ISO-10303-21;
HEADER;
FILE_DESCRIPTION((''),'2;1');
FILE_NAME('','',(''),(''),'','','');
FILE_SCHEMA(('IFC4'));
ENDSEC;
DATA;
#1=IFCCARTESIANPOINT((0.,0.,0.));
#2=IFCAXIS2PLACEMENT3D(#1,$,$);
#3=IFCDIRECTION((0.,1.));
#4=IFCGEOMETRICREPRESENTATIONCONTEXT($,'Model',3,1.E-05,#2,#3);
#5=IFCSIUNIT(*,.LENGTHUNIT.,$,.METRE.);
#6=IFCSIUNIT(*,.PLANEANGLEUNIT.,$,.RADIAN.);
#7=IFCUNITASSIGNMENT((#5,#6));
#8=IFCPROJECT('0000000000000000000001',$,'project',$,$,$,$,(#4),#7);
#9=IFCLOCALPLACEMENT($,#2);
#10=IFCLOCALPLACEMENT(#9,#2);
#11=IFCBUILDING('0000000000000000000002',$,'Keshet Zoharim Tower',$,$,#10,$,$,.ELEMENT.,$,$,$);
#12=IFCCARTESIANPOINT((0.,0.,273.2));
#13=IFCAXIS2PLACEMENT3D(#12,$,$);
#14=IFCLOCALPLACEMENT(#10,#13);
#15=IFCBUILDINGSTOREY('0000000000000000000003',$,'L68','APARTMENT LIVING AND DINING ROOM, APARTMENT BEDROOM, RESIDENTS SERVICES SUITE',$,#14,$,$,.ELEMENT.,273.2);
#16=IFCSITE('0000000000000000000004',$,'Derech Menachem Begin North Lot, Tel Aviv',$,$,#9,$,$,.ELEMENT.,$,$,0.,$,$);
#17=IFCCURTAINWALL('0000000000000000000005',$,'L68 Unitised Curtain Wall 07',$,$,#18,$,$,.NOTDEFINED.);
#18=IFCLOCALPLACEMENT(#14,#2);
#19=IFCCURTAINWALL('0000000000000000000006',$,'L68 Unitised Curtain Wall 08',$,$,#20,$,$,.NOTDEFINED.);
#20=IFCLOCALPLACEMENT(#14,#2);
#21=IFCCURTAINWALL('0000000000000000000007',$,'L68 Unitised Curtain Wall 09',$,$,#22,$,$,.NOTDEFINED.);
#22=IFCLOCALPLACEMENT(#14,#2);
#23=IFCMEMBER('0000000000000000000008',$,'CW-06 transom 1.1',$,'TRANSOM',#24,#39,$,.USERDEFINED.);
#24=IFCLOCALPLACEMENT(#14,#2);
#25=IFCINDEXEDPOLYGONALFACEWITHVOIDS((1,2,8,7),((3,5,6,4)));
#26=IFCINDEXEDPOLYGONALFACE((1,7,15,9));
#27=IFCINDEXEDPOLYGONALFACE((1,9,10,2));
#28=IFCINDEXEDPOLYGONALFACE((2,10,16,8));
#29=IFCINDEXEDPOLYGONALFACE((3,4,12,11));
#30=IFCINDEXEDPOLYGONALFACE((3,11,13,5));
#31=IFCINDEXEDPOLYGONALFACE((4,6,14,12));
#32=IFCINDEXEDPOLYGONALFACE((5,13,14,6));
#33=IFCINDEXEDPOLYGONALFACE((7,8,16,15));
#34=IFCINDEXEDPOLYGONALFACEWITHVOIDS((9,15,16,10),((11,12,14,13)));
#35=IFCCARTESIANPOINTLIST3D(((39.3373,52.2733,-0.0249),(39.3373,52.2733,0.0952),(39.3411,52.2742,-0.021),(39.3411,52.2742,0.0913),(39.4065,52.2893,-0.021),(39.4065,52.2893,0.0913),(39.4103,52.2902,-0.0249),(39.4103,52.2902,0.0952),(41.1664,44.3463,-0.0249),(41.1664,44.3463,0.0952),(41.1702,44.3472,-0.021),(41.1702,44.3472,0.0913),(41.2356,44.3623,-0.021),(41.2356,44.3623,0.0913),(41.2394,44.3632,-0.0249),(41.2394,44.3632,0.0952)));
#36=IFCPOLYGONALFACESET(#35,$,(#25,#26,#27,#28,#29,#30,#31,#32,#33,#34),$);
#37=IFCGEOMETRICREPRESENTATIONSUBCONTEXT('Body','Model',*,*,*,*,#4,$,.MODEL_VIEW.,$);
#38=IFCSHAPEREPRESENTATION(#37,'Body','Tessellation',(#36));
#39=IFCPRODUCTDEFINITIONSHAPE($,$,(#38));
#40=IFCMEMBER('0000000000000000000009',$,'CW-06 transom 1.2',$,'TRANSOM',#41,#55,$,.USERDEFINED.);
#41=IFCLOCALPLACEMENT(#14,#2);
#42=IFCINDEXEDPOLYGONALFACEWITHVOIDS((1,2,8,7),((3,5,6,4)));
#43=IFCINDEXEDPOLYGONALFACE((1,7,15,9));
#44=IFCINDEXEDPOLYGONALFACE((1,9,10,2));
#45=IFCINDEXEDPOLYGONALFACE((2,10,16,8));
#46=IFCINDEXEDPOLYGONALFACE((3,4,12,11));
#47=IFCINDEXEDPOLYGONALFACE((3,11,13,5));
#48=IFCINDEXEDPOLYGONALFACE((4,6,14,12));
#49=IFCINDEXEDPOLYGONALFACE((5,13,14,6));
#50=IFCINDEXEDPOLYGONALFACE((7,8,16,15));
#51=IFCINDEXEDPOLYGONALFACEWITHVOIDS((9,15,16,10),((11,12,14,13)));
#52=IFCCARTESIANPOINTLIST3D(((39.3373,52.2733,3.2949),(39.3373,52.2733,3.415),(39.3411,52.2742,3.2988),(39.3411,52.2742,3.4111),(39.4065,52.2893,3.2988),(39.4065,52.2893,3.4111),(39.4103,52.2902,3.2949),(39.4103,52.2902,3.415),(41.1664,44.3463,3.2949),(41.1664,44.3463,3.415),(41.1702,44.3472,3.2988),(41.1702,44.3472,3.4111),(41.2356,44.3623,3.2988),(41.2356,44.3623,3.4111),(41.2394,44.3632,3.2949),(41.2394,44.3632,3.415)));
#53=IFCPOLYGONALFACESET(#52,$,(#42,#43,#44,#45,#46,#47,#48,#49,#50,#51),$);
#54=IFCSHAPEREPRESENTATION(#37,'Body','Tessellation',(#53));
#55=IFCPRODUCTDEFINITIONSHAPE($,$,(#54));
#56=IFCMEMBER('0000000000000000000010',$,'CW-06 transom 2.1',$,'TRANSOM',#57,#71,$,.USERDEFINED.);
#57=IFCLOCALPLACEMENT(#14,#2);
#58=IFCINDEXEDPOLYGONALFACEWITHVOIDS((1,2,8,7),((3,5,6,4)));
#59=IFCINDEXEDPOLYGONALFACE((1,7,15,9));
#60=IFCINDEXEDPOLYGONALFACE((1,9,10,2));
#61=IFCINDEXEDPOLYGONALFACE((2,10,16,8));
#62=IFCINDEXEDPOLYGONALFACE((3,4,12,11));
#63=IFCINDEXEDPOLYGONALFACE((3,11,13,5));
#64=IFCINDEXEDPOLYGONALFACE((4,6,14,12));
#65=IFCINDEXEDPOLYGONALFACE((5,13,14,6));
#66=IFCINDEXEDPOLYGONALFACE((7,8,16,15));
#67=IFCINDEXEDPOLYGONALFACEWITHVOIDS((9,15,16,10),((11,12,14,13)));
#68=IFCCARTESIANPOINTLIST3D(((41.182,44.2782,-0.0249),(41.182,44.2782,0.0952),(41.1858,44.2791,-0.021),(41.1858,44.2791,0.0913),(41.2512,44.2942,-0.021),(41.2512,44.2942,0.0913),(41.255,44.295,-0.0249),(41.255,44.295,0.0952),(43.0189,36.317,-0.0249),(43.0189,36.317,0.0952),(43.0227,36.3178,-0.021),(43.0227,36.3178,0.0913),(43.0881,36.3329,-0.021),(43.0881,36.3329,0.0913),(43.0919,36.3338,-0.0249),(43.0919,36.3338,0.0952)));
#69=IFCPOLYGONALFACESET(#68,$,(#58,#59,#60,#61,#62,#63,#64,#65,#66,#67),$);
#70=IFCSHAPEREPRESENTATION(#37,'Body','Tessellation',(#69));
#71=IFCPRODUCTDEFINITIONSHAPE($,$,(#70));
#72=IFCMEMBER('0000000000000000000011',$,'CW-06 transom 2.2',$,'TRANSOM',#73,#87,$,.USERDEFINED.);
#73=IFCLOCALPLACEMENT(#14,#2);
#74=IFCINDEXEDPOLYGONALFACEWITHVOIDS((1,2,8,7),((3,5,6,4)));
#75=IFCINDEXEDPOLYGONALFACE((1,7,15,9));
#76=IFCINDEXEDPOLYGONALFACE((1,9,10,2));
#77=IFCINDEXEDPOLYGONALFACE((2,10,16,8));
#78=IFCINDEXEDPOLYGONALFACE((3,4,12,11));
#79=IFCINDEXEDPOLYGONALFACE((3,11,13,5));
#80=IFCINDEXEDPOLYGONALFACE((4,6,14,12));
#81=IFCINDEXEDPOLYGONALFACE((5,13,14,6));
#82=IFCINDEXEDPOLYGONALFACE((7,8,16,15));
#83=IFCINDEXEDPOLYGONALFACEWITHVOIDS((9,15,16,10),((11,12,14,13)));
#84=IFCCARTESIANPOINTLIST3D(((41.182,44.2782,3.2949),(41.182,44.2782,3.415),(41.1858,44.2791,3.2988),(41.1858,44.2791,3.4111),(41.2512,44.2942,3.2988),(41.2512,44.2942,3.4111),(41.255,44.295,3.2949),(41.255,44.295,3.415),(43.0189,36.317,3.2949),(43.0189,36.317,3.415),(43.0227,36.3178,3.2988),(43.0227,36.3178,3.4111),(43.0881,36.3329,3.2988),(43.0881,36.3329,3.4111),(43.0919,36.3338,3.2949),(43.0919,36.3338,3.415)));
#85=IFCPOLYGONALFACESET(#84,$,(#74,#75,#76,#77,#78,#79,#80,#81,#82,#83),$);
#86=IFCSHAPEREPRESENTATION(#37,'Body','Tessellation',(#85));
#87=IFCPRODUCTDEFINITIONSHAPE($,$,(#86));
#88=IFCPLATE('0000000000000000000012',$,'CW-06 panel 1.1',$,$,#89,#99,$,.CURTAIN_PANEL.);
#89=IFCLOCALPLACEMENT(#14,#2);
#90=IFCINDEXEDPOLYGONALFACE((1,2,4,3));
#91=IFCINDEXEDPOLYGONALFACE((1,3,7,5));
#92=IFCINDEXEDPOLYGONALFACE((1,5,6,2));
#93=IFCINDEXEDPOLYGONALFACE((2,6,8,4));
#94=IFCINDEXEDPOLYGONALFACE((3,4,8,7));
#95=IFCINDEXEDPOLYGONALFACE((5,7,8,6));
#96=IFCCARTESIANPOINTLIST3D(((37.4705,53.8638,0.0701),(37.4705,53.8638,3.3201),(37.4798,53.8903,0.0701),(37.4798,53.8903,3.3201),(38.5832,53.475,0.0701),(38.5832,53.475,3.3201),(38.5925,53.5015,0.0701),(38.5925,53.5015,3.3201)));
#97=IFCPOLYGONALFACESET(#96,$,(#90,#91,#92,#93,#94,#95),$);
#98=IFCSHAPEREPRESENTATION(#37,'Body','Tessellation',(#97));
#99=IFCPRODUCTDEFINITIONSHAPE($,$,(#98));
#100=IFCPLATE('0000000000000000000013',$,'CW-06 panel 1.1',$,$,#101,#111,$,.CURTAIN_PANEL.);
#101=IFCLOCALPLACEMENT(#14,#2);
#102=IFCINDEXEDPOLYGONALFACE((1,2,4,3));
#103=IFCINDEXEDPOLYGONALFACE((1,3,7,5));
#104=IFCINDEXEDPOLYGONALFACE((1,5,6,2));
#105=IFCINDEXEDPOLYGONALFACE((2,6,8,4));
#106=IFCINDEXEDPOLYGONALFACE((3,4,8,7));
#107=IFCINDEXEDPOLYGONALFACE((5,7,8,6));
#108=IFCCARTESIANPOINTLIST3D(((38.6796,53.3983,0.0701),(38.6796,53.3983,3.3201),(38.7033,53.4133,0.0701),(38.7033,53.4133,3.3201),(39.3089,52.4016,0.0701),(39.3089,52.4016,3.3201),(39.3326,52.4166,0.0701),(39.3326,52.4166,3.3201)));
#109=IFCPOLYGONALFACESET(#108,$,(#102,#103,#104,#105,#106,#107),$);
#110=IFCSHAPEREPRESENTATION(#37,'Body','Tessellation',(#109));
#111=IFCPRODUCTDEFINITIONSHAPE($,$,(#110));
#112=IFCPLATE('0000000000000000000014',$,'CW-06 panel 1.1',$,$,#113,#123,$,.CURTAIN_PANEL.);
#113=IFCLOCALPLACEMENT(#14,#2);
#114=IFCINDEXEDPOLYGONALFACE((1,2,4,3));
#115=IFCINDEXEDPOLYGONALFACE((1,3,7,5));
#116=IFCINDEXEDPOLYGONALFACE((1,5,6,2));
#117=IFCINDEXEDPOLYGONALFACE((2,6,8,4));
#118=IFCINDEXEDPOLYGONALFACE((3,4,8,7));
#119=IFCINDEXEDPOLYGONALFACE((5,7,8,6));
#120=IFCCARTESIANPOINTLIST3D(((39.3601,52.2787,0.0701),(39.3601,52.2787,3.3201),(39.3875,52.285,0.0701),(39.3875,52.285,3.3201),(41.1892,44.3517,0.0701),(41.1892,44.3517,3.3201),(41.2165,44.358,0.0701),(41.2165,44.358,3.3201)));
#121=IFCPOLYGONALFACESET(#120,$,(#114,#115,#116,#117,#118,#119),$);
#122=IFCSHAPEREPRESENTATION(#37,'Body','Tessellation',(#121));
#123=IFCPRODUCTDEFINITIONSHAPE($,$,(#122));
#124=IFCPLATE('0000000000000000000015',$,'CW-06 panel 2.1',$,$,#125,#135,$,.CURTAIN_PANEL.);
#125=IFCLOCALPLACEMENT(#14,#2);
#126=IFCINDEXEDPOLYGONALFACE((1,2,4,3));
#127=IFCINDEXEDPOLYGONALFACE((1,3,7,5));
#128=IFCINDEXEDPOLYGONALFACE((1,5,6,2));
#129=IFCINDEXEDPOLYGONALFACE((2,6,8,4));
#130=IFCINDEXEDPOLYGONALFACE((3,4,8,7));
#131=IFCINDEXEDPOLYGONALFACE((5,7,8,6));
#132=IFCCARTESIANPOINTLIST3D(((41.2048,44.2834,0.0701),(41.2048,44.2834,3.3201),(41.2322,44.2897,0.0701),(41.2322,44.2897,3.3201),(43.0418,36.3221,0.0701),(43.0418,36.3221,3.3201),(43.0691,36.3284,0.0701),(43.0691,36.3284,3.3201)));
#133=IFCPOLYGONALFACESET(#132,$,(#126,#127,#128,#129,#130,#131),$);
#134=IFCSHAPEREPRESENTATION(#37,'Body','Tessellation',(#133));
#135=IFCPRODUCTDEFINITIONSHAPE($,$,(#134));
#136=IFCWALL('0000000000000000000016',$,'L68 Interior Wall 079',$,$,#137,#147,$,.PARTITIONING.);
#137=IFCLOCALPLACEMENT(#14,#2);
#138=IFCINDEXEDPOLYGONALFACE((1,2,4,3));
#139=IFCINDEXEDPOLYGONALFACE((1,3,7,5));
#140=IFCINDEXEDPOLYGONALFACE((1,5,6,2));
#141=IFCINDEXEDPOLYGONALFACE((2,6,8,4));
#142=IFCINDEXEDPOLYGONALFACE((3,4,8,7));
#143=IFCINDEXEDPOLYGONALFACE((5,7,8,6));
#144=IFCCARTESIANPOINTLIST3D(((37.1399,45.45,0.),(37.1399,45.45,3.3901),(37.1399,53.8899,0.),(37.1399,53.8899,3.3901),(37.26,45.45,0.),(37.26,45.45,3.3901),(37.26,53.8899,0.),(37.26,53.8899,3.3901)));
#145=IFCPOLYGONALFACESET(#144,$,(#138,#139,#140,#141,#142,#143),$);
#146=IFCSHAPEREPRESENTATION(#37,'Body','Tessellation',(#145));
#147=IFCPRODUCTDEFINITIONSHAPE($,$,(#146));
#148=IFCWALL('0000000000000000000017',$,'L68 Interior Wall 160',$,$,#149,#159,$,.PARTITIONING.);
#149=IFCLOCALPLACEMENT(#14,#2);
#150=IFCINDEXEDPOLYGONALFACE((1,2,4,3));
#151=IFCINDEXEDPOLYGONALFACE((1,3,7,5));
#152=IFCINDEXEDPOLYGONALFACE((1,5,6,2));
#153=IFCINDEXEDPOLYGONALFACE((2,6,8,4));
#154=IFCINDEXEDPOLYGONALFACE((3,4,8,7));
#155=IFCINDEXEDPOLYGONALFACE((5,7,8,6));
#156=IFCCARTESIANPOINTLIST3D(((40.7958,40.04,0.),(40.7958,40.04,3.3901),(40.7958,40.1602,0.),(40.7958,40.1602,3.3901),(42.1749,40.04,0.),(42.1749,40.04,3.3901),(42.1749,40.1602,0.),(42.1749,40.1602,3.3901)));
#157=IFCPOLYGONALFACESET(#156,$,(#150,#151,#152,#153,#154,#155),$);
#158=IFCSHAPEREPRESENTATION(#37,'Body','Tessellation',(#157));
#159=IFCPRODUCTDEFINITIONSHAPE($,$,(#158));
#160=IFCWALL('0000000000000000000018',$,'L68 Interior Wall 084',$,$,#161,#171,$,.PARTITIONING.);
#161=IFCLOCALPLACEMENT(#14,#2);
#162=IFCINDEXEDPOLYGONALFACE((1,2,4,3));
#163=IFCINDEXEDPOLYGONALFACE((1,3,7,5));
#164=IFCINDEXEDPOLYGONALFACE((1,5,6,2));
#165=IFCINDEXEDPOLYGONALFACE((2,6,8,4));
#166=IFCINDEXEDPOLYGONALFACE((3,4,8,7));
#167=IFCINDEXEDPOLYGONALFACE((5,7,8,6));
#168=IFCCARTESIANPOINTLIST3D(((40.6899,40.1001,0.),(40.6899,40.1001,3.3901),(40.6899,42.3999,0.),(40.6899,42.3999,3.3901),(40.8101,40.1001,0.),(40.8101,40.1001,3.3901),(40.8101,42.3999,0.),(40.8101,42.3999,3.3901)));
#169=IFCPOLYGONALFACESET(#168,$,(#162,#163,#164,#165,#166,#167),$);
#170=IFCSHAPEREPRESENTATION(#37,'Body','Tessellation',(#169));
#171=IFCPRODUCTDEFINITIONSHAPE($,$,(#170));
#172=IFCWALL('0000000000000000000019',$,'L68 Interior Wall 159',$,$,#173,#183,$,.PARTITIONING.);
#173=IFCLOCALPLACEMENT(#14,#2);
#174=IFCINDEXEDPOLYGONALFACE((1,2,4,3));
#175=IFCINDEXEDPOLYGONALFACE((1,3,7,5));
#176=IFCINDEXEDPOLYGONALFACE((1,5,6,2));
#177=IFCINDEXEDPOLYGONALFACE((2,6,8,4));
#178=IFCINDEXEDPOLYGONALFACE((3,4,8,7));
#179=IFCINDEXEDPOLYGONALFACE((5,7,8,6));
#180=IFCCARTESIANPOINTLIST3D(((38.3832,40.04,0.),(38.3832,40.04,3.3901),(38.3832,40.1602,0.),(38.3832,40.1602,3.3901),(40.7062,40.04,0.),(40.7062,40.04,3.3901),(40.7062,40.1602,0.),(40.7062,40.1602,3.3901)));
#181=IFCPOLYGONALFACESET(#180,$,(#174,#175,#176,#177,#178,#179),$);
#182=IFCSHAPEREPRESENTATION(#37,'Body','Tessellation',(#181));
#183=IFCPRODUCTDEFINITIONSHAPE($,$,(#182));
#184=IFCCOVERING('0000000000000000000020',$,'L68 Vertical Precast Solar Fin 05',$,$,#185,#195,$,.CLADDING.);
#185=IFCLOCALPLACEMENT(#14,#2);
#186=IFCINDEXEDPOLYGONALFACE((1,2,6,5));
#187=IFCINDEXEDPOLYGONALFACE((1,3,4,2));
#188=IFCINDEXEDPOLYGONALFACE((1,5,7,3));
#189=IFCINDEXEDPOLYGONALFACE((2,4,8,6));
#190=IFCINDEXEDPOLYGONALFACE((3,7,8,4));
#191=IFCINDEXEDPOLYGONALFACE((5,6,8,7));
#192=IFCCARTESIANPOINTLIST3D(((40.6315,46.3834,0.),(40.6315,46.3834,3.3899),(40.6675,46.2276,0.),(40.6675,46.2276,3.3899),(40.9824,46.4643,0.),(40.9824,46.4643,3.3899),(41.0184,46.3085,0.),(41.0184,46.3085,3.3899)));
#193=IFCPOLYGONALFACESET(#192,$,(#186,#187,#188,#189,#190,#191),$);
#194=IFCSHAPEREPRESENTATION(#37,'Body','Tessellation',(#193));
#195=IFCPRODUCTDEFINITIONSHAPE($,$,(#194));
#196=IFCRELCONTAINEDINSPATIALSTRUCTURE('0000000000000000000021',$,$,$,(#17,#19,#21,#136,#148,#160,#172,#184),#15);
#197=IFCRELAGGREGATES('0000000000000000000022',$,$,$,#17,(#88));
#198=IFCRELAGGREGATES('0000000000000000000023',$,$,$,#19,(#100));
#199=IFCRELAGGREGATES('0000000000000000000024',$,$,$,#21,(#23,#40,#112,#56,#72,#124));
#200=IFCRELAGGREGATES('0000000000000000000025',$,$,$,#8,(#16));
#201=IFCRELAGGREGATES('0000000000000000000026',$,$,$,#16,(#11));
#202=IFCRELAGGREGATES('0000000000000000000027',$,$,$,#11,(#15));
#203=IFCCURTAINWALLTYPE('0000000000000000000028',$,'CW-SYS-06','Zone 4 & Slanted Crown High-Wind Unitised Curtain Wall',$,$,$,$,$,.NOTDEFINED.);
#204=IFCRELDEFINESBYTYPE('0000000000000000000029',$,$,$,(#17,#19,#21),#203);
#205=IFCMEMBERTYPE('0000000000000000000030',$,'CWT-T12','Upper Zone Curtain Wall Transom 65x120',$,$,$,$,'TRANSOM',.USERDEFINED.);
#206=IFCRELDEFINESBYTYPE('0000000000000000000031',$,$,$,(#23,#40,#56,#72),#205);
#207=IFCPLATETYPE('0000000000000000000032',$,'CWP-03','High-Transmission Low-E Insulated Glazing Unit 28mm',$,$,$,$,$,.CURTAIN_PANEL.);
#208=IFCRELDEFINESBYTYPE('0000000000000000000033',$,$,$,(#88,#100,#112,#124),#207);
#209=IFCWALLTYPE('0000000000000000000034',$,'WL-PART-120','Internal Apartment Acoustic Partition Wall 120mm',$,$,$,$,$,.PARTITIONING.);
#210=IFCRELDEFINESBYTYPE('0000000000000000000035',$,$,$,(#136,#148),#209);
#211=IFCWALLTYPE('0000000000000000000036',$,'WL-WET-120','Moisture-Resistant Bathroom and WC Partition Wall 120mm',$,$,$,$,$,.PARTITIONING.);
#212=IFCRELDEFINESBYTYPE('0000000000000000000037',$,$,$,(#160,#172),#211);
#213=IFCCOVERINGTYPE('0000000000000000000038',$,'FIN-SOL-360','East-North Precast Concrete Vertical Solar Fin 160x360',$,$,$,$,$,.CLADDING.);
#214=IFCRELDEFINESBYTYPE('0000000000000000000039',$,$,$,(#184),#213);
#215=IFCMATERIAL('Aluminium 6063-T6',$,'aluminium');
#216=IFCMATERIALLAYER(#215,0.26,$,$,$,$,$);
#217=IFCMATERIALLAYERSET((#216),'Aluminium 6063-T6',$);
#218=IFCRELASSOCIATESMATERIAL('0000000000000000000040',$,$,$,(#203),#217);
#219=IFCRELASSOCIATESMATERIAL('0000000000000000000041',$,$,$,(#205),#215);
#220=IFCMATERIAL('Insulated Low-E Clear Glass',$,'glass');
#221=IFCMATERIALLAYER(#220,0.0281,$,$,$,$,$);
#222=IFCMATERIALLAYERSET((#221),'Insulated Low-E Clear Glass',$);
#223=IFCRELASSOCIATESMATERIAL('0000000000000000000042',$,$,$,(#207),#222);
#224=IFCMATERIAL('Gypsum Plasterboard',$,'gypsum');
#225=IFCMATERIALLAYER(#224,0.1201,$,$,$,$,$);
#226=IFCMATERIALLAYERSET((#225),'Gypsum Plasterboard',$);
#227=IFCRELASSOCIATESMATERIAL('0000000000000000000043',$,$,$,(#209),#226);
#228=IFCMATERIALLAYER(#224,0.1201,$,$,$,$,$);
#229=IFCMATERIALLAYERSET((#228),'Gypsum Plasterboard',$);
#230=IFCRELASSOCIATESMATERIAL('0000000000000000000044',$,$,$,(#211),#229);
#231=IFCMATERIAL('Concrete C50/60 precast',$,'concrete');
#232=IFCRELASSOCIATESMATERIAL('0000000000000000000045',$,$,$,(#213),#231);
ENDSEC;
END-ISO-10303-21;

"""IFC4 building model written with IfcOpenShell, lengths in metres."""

from ifc_helpers import new_model, si_unit, direction, frame, frame_2d, origin, origin_2d, place, context, subcontext, project, spatial, rectangle, hollow_rectangle, extrude, material, layer, layer_set, material_profile, profile_set, type_object, element, aggregate, save


model = new_model("IFC4")

# Units and contexts
model_context = context("Model", 3, precision=1e-05, world=origin(), true_north=direction((0.0, 1.0)))
body_context = subcontext(model_context, "Body", "Model", "MODEL_VIEW")
ifc_project = project(units=[si_unit("LENGTHUNIT", "METRE"), si_unit("PLANEANGLEUNIT", "RADIAN")], contexts=[model_context])

# Site, building, storey
site_placement = place(None, origin())
site = spatial("IfcSite", under=ifc_project, at=site_placement, Name="Derech Menachem Begin North Lot, Tel Aviv", CompositionType="ELEMENT", RefElevation=0.0)
building_placement = place(site_placement, origin())
building = spatial("IfcBuilding", under=site, at=building_placement, Name="Keshet Zoharim Tower", CompositionType="ELEMENT")
storey_placement = place(building_placement, frame((0.0, 0.0, 273.2)))
storey = spatial("IfcBuildingStorey", under=building, at=storey_placement, Name="L68", Description="APARTMENT LIVING AND DINING ROOM, APARTMENT BEDROOM, RESIDENTS SERVICES SUITE", CompositionType="ELEMENT", Elevation=273.2)

# Shared definitions
ifc_material_1 = material(Name="Aluminium 6063-T6", Category="aluminium")
ifc_layer_1 = layer(ifc_material_1, 0.26)
ifc_layer_set_1 = layer_set([ifc_layer_1], Name="Aluminium 6063-T6")
curtain_wall_type = type_object("IfcCurtainWallType", Name="CW-SYS-06", Description="Zone 4 & Slanted Crown High-Wind Unitised Curtain Wall", PredefinedType="NOTDEFINED", material=ifc_layer_set_1)

# Curtain walls
curtain_wall_1_placement = place(storey_placement, origin())
curtain_wall_1 = element("IfcCurtainWall", 1, at=curtain_wall_1_placement, inside=storey, type_object=curtain_wall_type, Name="L68 Unitised Curtain Wall 07", PredefinedType="NOTDEFINED")
curtain_wall_2_placement = place(storey_placement, origin())
curtain_wall_2 = element("IfcCurtainWall", 2, at=curtain_wall_2_placement, inside=storey, type_object=curtain_wall_type, Name="L68 Unitised Curtain Wall 08", PredefinedType="NOTDEFINED")
curtain_wall_3_placement = place(storey_placement, origin())
curtain_wall_3 = element("IfcCurtainWall", 3, at=curtain_wall_3_placement, inside=storey, type_object=curtain_wall_type, Name="L68 Unitised Curtain Wall 09", PredefinedType="NOTDEFINED")

# Members
ifc_material_profile_1 = material_profile(ifc_material_1, hollow_rectangle(XDim=0.075, YDim=0.1201, WallThickness=0.0039, at=origin_2d()), Name="TRN-75x120")
ifc_profile_set_1 = profile_set([ifc_material_profile_1], Name="Aluminium 6063-T6")
member_type_1 = type_object("IfcMemberType", Name="CWT-T12", Description="Upper Zone Curtain Wall Transom 65x120", ElementType="TRANSOM", PredefinedType="USERDEFINED", material=ifc_profile_set_1)
member_1_placement = place(storey_placement, frame((39.3738, 52.2817, 0.0352), z_axis=(0.224835, -0.974397, 0.0), x_axis=(0.974397, 0.224835, 0.0)))
member_1 = element("IfcMember", 4, at=member_1_placement, type_object=member_type_1, Name="CW-06 transom 1.1", ObjectType="TRANSOM", PredefinedType="USERDEFINED", context=body_context, shape_type="SweptSolid", body=[
    extrude(hollow_rectangle(XDim=0.075, YDim=0.1201, WallThickness=0.0039, at=origin_2d()), origin(), (0.0, 0.0, 1.0), 8.1353),
])
member_2_placement = place(storey_placement, frame((39.3738, 52.2817, 3.355), z_axis=(0.224835, -0.974397, 0.0), x_axis=(0.974397, 0.224835, 0.0)))
member_2 = element("IfcMember", 5, at=member_2_placement, type_object=member_type_1, Name="CW-06 transom 1.2", ObjectType="TRANSOM", PredefinedType="USERDEFINED", context=body_context, shape_type="SweptSolid", body=[
    extrude(hollow_rectangle(XDim=0.075, YDim=0.1201, WallThickness=0.0039, at=origin_2d()), origin(), (0.0, 0.0, 1.0), 8.1353),
])
member_3_placement = place(storey_placement, frame((41.2185, 44.2866, 0.0352), z_axis=(0.224827, -0.974399, 0.0), x_axis=(0.974399, 0.224827, 0.0)))
member_3 = element("IfcMember", 6, at=member_3_placement, type_object=member_type_1, Name="CW-06 transom 2.1", ObjectType="TRANSOM", PredefinedType="USERDEFINED", context=body_context, shape_type="SweptSolid", body=[
    extrude(hollow_rectangle(XDim=0.075, YDim=0.1201, WallThickness=0.0039, at=origin_2d()), origin(), (0.0, 0.0, 1.0), 8.1704),
])
member_4_placement = place(storey_placement, frame((41.2185, 44.2866, 3.355), z_axis=(0.224827, -0.974399, 0.0), x_axis=(0.974399, 0.224827, 0.0)))
member_4 = element("IfcMember", 7, at=member_4_placement, type_object=member_type_1, Name="CW-06 transom 2.2", ObjectType="TRANSOM", PredefinedType="USERDEFINED", context=body_context, shape_type="SweptSolid", body=[
    extrude(hollow_rectangle(XDim=0.075, YDim=0.1201, WallThickness=0.0039, at=origin_2d()), origin(), (0.0, 0.0, 1.0), 8.1704),
])

# Plates
ifc_material_2 = material(Name="Insulated Low-E Clear Glass", Category="glass")
ifc_layer_2 = layer(ifc_material_2, 0.0281)
ifc_layer_set_2 = layer_set([ifc_layer_2], Name="Insulated Low-E Clear Glass")
plate_type = type_object("IfcPlateType", Name="CWP-03", Description="High-Transmission Low-E Insulated Glazing Unit 28mm", PredefinedType="CURTAIN_PANEL", material=ifc_layer_set_2)
plate_1_placement = place(storey_placement, frame((38.0315, 53.6826, 0.0701), z_axis=(0.0, 0.0, 1.0), x_axis=(0.944036, -0.329844, 0.0)))
plate_1 = element("IfcPlate", 8, at=plate_1_placement, type_object=plate_type, Name="CW-06 panel 1.1", PredefinedType="CURTAIN_PANEL", context=body_context, shape_type="SweptSolid", body=[
    extrude(rectangle(XDim=1.1787, YDim=0.0281, at=origin_2d()), origin(), (0.0, 0.0, 1.0), 3.25),
])
aggregate(curtain_wall_1, [plate_1])
plate_2_placement = place(storey_placement, frame((39.0061, 52.9075, 0.0701), z_axis=(0.0, 0.0, 1.0), x_axis=(0.533879, -0.845561, 0.0)))
plate_2 = element("IfcPlate", 9, at=plate_2_placement, type_object=plate_type, Name="CW-06 panel 1.1", PredefinedType="CURTAIN_PANEL", context=body_context, shape_type="SweptSolid", body=[
    extrude(rectangle(XDim=1.1787, YDim=0.0281, at=origin_2d()), origin(), (0.0, 0.0, 1.0), 3.25),
])
aggregate(curtain_wall_2, [plate_2])
plate_3_placement = place(storey_placement, frame((40.2883, 48.3184, 0.0701), z_axis=(0.0, 0.0, 1.0), x_axis=(0.22483, -0.974398, 0.0)))
plate_3 = element("IfcPlate", 10, at=plate_3_placement, type_object=plate_type, Name="CW-06 panel 1.1", PredefinedType="CURTAIN_PANEL", context=body_context, shape_type="SweptSolid", body=[
    extrude(rectangle(XDim=8.1353, YDim=0.0281, at=origin_2d()), origin(), (0.0, 0.0, 1.0), 3.25),
])
plate_4_placement = place(storey_placement, frame((42.137, 40.3059, 0.0701), z_axis=(0.0, 0.0, 1.0), x_axis=(0.22483, -0.974398, 0.0)))
plate_4 = element("IfcPlate", 11, at=plate_4_placement, type_object=plate_type, Name="CW-06 panel 2.1", PredefinedType="CURTAIN_PANEL", context=body_context, shape_type="SweptSolid", body=[
    extrude(rectangle(XDim=8.1704, YDim=0.0281, at=origin_2d()), origin(), (0.0, 0.0, 1.0), 3.25),
])
aggregate(curtain_wall_3, [member_1, member_2, plate_3, member_3, member_4, plate_4])

# Walls
ifc_material_3 = material(Name="Gypsum Plasterboard", Category="gypsum")
ifc_layer_3 = layer(ifc_material_3, 0.1201)
ifc_layer_set_3 = layer_set([ifc_layer_3], Name="Gypsum Plasterboard")
wall_type_1 = type_object("IfcWallType", Name="WL-PART-120", Description="Internal Apartment Acoustic Partition Wall 120mm", PredefinedType="PARTITIONING", material=ifc_layer_set_3)
wall_1_placement = place(storey_placement, frame((37.2, 45.45, 0.0), z_axis=(0.0, 0.0, 1.0), x_axis=(0.0, 1.0, 0.0)))
element("IfcWall", 12, at=wall_1_placement, inside=storey, type_object=wall_type_1, Name="L68 Interior Wall 079", PredefinedType="PARTITIONING", context=body_context, shape_type="SweptSolid", body=[
    extrude(rectangle(XDim=8.4399, YDim=0.1201, at=frame_2d((4.22, 0.0))), origin(), (0.0, 0.0, 1.0), 3.3901),
])
wall_2_placement = place(storey_placement, frame((40.7959, 40.1001, 0.0), z_axis=(0.0, 0.0, 1.0), x_axis=(1.0, 0.0, 0.0)))
element("IfcWall", 13, at=wall_2_placement, inside=storey, type_object=wall_type_1, Name="L68 Interior Wall 160", PredefinedType="PARTITIONING", context=body_context, shape_type="SweptSolid", body=[
    extrude(rectangle(XDim=1.3792, YDim=0.1201, at=frame_2d((0.6895, 0.0))), origin(), (0.0, 0.0, 1.0), 3.3901),
])
ifc_layer_4 = layer(ifc_material_3, 0.1201)
ifc_layer_set_4 = layer_set([ifc_layer_4], Name="Gypsum Plasterboard")
wall_type_2 = type_object("IfcWallType", Name="WL-WET-120", Description="Moisture-Resistant Bathroom and WC Partition Wall 120mm", PredefinedType="PARTITIONING", material=ifc_layer_set_4)
wall_3_placement = place(storey_placement, frame((40.75, 40.1001, 0.0), z_axis=(0.0, 0.0, 1.0), x_axis=(0.0, 1.0, 0.0)))
element("IfcWall", 14, at=wall_3_placement, inside=storey, type_object=wall_type_2, Name="L68 Interior Wall 084", PredefinedType="PARTITIONING", context=body_context, shape_type="SweptSolid", body=[
    extrude(rectangle(XDim=2.2998, YDim=0.1201, at=frame_2d((1.1499, 0.0))), origin(), (0.0, 0.0, 1.0), 3.3901),
])
wall_4_placement = place(storey_placement, frame((38.3831, 40.1001, 0.0), z_axis=(0.0, 0.0, 1.0), x_axis=(1.0, 0.0, 0.0)))
element("IfcWall", 15, at=wall_4_placement, inside=storey, type_object=wall_type_2, Name="L68 Interior Wall 159", PredefinedType="PARTITIONING", context=body_context, shape_type="SweptSolid", body=[
    extrude(rectangle(XDim=2.323, YDim=0.1201, at=frame_2d((1.1616, 0.0))), origin(), (0.0, 0.0, 1.0), 3.3901),
])

# Covering
ifc_material_4 = material(Name="Concrete C50/60 precast", Category="concrete")
covering_type = type_object("IfcCoveringType", Name="FIN-SOL-360", Description="East-North Precast Concrete Vertical Solar Fin 160x360", PredefinedType="CLADDING", material=ifc_material_4)
covering_placement = place(storey_placement, frame((40.825, 46.3459, 0.0), z_axis=(0.0, 0.0, 1.0), x_axis=(0.22483, -0.974398, 0.0)))
element("IfcCovering", 16, at=covering_placement, inside=storey, type_object=covering_type, Name="L68 Vertical Precast Solar Fin 05", PredefinedType="CLADDING", context=body_context, shape_type="SweptSolid", body=[
    extrude(rectangle(XDim=0.1599, YDim=0.3601, at=origin_2d()), origin(), (0.0, 0.0, 1.0), 3.3899),
])

save(model, "model.ifc")
